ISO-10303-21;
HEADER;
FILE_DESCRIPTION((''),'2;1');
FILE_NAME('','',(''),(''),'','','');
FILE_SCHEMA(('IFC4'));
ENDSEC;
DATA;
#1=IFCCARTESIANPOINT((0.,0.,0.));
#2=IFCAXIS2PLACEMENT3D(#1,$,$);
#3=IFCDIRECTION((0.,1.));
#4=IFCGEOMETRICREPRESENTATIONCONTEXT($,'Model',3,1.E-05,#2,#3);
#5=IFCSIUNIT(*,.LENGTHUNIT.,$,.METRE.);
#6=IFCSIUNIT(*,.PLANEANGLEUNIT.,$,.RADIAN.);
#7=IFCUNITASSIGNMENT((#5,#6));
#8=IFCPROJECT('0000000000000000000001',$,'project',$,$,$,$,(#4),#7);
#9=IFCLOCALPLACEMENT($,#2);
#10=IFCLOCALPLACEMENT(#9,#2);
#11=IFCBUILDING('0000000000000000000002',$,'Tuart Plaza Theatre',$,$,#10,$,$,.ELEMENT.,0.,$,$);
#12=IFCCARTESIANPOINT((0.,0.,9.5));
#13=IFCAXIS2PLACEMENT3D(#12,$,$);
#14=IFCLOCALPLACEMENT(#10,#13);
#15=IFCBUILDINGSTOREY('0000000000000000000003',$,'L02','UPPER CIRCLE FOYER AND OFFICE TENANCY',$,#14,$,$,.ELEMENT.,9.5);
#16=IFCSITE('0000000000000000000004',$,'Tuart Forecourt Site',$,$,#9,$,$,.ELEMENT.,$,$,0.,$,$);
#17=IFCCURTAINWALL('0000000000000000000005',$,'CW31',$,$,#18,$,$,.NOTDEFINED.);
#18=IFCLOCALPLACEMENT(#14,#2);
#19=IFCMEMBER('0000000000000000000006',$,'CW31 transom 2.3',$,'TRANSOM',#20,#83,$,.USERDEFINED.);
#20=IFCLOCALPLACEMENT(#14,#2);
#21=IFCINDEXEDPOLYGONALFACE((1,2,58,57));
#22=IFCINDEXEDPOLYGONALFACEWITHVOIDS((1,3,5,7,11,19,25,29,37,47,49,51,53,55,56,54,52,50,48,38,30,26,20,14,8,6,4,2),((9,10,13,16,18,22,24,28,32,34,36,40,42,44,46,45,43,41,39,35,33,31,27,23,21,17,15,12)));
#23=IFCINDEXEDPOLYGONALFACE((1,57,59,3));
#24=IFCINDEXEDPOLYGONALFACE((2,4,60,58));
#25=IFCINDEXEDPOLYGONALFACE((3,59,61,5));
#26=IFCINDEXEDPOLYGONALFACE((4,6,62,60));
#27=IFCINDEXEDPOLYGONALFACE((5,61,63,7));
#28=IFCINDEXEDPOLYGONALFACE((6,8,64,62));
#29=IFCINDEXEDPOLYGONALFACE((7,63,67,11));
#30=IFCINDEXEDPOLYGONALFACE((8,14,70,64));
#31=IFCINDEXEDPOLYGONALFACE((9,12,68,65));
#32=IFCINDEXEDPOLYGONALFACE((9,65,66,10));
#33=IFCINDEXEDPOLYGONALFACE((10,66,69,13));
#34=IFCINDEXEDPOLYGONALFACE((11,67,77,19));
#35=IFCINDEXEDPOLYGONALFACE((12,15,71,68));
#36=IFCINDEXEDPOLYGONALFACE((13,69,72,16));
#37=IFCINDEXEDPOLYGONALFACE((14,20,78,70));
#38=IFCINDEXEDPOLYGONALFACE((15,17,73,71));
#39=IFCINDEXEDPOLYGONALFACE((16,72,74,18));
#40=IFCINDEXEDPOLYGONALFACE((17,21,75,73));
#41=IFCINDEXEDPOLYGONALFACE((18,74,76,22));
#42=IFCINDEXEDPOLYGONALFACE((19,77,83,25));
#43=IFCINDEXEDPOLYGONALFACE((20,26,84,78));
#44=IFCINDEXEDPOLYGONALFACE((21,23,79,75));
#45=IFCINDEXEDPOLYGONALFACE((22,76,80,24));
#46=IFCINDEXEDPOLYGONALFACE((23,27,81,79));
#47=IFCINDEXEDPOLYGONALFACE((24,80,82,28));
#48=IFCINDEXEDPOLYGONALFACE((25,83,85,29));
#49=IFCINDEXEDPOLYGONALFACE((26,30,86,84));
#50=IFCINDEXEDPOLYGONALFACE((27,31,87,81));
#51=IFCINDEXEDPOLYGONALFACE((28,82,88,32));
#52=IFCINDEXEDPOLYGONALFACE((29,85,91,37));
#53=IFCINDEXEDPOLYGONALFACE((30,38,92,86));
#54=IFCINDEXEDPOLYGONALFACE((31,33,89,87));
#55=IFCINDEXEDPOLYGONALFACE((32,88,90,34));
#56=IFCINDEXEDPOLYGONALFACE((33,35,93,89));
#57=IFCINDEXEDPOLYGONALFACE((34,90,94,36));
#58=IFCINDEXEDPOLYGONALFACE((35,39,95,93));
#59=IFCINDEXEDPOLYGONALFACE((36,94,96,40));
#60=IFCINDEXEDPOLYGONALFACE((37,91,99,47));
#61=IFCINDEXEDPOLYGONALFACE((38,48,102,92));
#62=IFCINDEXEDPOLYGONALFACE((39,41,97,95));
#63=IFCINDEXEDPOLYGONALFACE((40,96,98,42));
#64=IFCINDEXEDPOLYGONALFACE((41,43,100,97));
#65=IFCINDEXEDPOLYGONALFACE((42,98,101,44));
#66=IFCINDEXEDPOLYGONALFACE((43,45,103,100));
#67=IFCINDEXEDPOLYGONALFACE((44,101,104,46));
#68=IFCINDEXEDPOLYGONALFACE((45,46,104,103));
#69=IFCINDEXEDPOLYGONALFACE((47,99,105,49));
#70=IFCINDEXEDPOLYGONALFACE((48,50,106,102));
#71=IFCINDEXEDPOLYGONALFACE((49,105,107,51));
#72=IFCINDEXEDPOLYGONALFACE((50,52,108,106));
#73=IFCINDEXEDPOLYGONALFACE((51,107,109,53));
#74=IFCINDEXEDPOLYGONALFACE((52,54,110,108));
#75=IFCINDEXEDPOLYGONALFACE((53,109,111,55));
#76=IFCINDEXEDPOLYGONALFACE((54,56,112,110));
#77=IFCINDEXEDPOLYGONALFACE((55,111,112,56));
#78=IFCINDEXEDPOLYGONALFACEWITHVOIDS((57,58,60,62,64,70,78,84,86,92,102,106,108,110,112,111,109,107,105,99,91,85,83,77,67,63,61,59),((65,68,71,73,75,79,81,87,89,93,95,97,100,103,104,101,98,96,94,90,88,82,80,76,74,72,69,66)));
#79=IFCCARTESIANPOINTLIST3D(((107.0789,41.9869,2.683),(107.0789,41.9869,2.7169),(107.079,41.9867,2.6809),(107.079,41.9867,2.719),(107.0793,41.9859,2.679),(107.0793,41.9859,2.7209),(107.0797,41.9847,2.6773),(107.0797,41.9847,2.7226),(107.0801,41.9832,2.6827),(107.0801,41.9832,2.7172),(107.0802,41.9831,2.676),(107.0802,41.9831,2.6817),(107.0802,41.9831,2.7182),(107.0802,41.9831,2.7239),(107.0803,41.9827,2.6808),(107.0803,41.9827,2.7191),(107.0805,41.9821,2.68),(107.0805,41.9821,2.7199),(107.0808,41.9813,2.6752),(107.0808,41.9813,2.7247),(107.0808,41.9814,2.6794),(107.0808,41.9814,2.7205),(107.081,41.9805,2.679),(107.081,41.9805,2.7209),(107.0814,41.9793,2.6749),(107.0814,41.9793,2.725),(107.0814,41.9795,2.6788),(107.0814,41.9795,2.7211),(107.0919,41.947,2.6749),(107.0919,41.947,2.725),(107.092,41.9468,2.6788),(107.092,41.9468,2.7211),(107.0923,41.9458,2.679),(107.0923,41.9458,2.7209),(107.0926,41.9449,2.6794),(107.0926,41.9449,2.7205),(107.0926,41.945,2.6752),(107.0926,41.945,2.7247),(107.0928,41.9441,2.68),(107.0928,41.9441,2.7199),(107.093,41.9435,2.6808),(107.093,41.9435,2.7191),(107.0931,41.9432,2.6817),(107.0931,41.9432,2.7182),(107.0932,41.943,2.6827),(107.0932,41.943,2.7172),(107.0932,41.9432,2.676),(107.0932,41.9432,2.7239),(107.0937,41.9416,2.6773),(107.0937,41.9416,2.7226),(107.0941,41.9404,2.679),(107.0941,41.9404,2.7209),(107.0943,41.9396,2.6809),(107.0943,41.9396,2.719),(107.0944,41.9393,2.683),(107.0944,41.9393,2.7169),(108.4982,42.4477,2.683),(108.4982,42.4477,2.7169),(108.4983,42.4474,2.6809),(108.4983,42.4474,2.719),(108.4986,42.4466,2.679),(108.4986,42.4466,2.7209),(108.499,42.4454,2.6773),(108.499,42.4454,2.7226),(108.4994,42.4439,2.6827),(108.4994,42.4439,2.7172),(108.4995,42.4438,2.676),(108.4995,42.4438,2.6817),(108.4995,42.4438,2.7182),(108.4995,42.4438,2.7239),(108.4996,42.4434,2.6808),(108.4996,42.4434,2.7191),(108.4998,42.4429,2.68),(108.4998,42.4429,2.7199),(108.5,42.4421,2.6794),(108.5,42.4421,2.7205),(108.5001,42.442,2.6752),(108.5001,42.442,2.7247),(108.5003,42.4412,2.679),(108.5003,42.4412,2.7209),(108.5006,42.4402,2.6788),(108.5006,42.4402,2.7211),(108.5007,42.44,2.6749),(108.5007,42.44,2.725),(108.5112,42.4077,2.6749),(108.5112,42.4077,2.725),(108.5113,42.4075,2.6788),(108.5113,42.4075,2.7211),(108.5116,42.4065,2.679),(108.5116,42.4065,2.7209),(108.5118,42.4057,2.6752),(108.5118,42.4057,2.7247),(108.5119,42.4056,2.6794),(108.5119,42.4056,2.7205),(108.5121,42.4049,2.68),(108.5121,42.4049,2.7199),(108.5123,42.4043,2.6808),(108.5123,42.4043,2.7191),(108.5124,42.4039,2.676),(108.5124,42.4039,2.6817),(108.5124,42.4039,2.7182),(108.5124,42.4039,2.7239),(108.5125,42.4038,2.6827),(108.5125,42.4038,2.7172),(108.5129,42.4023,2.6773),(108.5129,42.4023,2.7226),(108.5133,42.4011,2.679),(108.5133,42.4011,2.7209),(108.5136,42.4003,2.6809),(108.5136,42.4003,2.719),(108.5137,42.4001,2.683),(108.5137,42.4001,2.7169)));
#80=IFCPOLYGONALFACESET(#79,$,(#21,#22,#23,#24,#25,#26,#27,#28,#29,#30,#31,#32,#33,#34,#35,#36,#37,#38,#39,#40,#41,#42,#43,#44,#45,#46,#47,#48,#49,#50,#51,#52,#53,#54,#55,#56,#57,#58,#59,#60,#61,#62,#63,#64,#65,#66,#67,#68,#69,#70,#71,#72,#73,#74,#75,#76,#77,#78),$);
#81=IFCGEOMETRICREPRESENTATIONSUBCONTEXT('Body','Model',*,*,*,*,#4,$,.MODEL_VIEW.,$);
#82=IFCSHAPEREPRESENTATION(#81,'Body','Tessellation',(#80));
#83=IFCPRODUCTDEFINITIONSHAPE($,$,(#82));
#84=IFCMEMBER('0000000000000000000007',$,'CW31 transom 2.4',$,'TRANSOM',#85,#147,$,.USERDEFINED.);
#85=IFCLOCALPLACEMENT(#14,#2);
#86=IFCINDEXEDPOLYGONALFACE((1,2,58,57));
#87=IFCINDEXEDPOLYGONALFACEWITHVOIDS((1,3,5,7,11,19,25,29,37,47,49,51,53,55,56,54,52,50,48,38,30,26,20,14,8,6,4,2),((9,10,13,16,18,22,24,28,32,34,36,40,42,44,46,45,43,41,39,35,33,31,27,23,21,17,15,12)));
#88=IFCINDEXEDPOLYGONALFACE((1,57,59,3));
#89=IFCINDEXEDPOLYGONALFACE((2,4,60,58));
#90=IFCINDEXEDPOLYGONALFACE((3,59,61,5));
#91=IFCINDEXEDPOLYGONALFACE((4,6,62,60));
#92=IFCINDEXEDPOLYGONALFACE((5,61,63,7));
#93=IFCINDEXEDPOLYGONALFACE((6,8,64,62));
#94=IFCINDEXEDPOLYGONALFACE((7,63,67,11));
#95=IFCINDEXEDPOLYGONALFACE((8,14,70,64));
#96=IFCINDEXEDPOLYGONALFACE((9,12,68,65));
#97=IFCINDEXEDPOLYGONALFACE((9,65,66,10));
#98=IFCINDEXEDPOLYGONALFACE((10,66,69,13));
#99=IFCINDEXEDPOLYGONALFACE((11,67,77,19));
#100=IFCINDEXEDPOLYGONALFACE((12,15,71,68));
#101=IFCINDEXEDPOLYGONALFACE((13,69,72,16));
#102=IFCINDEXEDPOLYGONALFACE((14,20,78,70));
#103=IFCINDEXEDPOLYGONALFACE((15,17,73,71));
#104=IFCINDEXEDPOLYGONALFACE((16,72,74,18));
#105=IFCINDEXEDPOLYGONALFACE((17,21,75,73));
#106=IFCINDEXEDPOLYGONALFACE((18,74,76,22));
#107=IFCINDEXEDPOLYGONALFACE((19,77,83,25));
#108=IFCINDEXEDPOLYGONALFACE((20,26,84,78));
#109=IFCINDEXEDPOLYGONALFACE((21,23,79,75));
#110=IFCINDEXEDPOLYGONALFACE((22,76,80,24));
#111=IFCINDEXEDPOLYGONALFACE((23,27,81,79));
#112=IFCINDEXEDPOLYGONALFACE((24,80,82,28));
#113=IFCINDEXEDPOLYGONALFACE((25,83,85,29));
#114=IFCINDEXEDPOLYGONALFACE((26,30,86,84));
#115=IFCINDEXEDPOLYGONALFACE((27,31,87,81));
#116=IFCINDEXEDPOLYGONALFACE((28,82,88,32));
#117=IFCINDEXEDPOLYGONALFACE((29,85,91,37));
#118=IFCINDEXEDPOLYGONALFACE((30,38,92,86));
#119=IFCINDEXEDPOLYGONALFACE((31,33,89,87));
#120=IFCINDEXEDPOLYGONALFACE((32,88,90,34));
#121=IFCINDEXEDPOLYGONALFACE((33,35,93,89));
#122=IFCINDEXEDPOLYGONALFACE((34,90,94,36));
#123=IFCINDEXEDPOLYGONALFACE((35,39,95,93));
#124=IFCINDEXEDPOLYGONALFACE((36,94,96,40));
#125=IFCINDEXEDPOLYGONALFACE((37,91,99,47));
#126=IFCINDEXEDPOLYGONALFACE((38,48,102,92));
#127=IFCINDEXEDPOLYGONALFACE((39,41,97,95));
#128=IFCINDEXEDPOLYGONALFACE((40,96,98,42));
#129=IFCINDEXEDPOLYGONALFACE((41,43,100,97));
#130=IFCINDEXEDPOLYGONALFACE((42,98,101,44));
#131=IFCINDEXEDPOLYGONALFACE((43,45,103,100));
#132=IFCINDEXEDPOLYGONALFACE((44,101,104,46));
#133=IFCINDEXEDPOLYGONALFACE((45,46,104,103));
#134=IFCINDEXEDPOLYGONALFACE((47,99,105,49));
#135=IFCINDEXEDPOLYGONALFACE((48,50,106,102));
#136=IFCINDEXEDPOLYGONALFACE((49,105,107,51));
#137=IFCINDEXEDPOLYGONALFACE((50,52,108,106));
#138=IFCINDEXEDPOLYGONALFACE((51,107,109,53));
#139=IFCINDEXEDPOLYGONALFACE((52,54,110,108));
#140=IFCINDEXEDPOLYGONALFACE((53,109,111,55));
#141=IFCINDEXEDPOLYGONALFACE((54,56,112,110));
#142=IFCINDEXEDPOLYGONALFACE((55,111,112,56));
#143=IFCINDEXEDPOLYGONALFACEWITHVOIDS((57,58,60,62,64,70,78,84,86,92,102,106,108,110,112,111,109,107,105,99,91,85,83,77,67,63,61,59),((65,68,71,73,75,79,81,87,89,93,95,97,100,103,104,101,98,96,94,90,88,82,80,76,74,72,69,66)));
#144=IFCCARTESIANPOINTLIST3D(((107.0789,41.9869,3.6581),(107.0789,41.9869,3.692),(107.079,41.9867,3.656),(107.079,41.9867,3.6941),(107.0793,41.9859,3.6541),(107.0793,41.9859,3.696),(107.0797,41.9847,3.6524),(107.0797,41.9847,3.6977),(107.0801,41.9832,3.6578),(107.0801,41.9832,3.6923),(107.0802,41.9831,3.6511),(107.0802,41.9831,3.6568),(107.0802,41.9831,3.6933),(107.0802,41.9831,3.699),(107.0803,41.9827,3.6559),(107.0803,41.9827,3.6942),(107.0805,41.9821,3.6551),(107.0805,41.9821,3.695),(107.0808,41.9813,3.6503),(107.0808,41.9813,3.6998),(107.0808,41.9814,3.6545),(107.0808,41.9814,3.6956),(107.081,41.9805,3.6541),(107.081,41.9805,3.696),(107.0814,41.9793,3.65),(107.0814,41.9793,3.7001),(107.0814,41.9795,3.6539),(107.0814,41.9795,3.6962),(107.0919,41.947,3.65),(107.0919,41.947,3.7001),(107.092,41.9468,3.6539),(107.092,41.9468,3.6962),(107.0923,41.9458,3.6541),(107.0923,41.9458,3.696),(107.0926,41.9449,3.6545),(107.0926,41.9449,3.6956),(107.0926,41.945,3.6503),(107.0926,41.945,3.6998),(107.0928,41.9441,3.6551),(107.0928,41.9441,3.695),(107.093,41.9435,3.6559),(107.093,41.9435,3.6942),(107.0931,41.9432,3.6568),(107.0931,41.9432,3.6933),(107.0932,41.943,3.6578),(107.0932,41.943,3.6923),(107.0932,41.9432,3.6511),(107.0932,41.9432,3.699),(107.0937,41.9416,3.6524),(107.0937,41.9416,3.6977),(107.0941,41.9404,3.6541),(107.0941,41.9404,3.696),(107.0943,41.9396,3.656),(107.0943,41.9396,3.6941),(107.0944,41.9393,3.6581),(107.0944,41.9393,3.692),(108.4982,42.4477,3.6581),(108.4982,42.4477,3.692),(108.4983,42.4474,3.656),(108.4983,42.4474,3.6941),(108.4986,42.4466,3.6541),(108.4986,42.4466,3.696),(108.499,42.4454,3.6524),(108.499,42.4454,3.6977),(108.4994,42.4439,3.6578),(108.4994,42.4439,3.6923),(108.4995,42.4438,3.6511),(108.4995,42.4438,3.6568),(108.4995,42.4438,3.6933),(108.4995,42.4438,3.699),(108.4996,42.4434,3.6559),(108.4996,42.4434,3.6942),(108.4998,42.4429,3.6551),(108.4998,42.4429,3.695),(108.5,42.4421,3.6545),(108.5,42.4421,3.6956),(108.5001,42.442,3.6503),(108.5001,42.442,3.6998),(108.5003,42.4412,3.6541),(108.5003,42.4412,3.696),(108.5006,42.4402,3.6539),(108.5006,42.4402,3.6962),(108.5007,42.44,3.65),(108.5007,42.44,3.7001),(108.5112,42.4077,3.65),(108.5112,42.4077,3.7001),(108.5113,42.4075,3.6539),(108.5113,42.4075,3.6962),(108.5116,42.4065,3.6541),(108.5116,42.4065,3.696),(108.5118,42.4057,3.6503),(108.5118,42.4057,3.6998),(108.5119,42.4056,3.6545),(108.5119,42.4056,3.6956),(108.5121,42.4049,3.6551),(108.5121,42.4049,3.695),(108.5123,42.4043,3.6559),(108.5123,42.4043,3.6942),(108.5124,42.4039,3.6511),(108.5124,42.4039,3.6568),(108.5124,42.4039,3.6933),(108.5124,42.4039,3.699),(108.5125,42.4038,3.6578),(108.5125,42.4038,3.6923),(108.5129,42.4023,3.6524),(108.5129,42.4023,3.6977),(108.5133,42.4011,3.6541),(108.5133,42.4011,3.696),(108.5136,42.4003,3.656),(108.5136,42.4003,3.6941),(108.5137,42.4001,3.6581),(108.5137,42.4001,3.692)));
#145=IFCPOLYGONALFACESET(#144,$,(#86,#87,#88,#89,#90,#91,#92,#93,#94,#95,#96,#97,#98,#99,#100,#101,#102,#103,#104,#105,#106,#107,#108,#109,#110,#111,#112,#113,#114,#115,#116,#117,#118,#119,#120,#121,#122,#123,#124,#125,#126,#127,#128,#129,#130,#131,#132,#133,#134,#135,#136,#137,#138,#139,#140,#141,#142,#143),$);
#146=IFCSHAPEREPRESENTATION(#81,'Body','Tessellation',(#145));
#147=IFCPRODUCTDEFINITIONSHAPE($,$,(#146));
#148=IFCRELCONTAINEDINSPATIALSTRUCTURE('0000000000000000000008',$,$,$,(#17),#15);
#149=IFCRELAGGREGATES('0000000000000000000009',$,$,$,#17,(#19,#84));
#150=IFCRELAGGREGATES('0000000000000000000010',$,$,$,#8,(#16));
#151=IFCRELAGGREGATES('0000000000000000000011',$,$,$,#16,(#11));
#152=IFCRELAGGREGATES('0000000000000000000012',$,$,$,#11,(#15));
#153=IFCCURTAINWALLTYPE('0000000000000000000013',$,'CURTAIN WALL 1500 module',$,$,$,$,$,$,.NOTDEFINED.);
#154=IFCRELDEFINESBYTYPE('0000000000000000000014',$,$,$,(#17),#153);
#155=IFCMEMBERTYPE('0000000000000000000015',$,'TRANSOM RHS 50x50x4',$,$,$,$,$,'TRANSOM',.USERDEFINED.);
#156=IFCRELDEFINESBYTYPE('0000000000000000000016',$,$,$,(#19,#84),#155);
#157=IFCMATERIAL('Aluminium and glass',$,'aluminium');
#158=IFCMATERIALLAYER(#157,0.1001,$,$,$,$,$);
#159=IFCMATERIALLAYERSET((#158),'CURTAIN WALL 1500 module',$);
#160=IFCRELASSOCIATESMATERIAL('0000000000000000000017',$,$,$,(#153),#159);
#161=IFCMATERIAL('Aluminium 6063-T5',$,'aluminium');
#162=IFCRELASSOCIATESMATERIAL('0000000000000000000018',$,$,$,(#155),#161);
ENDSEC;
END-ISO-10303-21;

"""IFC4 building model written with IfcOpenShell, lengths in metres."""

from ifc_helpers import new_model, si_unit, direction, frame, origin, origin_2d, place, context, subcontext, project, spatial, hollow_rectangle, extrude, material, layer, layer_set, material_profile, profile_set, type_object, element, aggregate, save


model = new_model("IFC4")

# Units and contexts
model_context = context("Model", 3, precision=1e-05, world=origin(), true_north=direction((0.0, 1.0)))
body_context = subcontext(model_context, "Body", "Model", "MODEL_VIEW")
ifc_project = project(units=[si_unit("LENGTHUNIT", "METRE"), si_unit("PLANEANGLEUNIT", "RADIAN")], contexts=[model_context])

# Site, building, storey
site_placement = place(None, origin())
site = spatial("IfcSite", under=ifc_project, at=site_placement, Name="Tuart Forecourt Site", CompositionType="ELEMENT", RefElevation=0.0)
building_placement = place(site_placement, origin())
building = spatial("IfcBuilding", under=site, at=building_placement, Name="Tuart Plaza Theatre", CompositionType="ELEMENT", ElevationOfRefHeight=0.0)
storey_placement = place(building_placement, frame((0.0, 0.0, 9.5)))
storey = spatial("IfcBuildingStorey", under=building, at=storey_placement, Name="L02", Description="UPPER CIRCLE FOYER AND OFFICE TENANCY", CompositionType="ELEMENT", Elevation=9.5)

# Curtain wall, members
ifc_material_1 = material(Name="Aluminium and glass", Category="aluminium")
ifc_layer_1 = layer(ifc_material_1, 0.1001)
ifc_layer_set_1 = layer_set([ifc_layer_1], Name="CURTAIN WALL 1500 module")
curtain_wall_type = type_object("IfcCurtainWallType", Name="CURTAIN WALL 1500 module", PredefinedType="NOTDEFINED", material=ifc_layer_set_1)
curtain_wall_1_placement = place(storey_placement, origin())
curtain_wall_1 = element("IfcCurtainWall", 1, at=curtain_wall_1_placement, inside=storey, type_object=curtain_wall_type, Name="CW31", PredefinedType="NOTDEFINED")
ifc_material_2 = material(Name="Aluminium 6063-T5", Category="aluminium")
ifc_material_profile_1 = material_profile(ifc_material_2, hollow_rectangle(XDim=0.05, YDim=0.05, WallThickness=0.0039, InnerFilletRadius=0.0039, OuterFilletRadius=0.0081, at=origin_2d()), Name="RHS 50x50x4")
ifc_profile_set_1 = profile_set([ifc_material_profile_1], Name="Aluminium 6063-T5")
member_type_1 = type_object("IfcMemberType", Name="TRANSOM RHS 50x50x4", ElementType="TRANSOM", PredefinedType="USERDEFINED", material=ifc_profile_set_1)
member_1_placement = place(storey_placement, frame((107.0867, 41.9631, 2.7), z_axis=(0.951141, 0.308757, 0.0), x_axis=(-0.308757, 0.951141, 0.0)))
member_1 = element("IfcMember", 2, at=member_1_placement, type_object=member_type_1, Name="CW31 transom 2.3", ObjectType="TRANSOM", PredefinedType="USERDEFINED", context=body_context, shape_type="SweptSolid", body=[
    extrude(hollow_rectangle(XDim=0.05, YDim=0.05, WallThickness=0.0039, InnerFilletRadius=0.0039, OuterFilletRadius=0.0081, at=origin_2d()), origin(), (0.0, 0.0, 1.0), 1.4922),
])
member_2_placement = place(storey_placement, frame((107.0867, 41.9631, 3.675), z_axis=(0.951141, 0.308757, 0.0), x_axis=(-0.308757, 0.951141, 0.0)))
member_2 = element("IfcMember", 3, at=member_2_placement, type_object=member_type_1, Name="CW31 transom 2.4", ObjectType="TRANSOM", PredefinedType="USERDEFINED", context=body_context, shape_type="SweptSolid", body=[
    extrude(hollow_rectangle(XDim=0.05, YDim=0.05, WallThickness=0.0039, InnerFilletRadius=0.0039, OuterFilletRadius=0.0081, at=origin_2d()), origin(), (0.0, 0.0, 1.0), 1.4922),
])

aggregate(curtain_wall_1, [member_1, member_2])

save(model, "model.ifc")
